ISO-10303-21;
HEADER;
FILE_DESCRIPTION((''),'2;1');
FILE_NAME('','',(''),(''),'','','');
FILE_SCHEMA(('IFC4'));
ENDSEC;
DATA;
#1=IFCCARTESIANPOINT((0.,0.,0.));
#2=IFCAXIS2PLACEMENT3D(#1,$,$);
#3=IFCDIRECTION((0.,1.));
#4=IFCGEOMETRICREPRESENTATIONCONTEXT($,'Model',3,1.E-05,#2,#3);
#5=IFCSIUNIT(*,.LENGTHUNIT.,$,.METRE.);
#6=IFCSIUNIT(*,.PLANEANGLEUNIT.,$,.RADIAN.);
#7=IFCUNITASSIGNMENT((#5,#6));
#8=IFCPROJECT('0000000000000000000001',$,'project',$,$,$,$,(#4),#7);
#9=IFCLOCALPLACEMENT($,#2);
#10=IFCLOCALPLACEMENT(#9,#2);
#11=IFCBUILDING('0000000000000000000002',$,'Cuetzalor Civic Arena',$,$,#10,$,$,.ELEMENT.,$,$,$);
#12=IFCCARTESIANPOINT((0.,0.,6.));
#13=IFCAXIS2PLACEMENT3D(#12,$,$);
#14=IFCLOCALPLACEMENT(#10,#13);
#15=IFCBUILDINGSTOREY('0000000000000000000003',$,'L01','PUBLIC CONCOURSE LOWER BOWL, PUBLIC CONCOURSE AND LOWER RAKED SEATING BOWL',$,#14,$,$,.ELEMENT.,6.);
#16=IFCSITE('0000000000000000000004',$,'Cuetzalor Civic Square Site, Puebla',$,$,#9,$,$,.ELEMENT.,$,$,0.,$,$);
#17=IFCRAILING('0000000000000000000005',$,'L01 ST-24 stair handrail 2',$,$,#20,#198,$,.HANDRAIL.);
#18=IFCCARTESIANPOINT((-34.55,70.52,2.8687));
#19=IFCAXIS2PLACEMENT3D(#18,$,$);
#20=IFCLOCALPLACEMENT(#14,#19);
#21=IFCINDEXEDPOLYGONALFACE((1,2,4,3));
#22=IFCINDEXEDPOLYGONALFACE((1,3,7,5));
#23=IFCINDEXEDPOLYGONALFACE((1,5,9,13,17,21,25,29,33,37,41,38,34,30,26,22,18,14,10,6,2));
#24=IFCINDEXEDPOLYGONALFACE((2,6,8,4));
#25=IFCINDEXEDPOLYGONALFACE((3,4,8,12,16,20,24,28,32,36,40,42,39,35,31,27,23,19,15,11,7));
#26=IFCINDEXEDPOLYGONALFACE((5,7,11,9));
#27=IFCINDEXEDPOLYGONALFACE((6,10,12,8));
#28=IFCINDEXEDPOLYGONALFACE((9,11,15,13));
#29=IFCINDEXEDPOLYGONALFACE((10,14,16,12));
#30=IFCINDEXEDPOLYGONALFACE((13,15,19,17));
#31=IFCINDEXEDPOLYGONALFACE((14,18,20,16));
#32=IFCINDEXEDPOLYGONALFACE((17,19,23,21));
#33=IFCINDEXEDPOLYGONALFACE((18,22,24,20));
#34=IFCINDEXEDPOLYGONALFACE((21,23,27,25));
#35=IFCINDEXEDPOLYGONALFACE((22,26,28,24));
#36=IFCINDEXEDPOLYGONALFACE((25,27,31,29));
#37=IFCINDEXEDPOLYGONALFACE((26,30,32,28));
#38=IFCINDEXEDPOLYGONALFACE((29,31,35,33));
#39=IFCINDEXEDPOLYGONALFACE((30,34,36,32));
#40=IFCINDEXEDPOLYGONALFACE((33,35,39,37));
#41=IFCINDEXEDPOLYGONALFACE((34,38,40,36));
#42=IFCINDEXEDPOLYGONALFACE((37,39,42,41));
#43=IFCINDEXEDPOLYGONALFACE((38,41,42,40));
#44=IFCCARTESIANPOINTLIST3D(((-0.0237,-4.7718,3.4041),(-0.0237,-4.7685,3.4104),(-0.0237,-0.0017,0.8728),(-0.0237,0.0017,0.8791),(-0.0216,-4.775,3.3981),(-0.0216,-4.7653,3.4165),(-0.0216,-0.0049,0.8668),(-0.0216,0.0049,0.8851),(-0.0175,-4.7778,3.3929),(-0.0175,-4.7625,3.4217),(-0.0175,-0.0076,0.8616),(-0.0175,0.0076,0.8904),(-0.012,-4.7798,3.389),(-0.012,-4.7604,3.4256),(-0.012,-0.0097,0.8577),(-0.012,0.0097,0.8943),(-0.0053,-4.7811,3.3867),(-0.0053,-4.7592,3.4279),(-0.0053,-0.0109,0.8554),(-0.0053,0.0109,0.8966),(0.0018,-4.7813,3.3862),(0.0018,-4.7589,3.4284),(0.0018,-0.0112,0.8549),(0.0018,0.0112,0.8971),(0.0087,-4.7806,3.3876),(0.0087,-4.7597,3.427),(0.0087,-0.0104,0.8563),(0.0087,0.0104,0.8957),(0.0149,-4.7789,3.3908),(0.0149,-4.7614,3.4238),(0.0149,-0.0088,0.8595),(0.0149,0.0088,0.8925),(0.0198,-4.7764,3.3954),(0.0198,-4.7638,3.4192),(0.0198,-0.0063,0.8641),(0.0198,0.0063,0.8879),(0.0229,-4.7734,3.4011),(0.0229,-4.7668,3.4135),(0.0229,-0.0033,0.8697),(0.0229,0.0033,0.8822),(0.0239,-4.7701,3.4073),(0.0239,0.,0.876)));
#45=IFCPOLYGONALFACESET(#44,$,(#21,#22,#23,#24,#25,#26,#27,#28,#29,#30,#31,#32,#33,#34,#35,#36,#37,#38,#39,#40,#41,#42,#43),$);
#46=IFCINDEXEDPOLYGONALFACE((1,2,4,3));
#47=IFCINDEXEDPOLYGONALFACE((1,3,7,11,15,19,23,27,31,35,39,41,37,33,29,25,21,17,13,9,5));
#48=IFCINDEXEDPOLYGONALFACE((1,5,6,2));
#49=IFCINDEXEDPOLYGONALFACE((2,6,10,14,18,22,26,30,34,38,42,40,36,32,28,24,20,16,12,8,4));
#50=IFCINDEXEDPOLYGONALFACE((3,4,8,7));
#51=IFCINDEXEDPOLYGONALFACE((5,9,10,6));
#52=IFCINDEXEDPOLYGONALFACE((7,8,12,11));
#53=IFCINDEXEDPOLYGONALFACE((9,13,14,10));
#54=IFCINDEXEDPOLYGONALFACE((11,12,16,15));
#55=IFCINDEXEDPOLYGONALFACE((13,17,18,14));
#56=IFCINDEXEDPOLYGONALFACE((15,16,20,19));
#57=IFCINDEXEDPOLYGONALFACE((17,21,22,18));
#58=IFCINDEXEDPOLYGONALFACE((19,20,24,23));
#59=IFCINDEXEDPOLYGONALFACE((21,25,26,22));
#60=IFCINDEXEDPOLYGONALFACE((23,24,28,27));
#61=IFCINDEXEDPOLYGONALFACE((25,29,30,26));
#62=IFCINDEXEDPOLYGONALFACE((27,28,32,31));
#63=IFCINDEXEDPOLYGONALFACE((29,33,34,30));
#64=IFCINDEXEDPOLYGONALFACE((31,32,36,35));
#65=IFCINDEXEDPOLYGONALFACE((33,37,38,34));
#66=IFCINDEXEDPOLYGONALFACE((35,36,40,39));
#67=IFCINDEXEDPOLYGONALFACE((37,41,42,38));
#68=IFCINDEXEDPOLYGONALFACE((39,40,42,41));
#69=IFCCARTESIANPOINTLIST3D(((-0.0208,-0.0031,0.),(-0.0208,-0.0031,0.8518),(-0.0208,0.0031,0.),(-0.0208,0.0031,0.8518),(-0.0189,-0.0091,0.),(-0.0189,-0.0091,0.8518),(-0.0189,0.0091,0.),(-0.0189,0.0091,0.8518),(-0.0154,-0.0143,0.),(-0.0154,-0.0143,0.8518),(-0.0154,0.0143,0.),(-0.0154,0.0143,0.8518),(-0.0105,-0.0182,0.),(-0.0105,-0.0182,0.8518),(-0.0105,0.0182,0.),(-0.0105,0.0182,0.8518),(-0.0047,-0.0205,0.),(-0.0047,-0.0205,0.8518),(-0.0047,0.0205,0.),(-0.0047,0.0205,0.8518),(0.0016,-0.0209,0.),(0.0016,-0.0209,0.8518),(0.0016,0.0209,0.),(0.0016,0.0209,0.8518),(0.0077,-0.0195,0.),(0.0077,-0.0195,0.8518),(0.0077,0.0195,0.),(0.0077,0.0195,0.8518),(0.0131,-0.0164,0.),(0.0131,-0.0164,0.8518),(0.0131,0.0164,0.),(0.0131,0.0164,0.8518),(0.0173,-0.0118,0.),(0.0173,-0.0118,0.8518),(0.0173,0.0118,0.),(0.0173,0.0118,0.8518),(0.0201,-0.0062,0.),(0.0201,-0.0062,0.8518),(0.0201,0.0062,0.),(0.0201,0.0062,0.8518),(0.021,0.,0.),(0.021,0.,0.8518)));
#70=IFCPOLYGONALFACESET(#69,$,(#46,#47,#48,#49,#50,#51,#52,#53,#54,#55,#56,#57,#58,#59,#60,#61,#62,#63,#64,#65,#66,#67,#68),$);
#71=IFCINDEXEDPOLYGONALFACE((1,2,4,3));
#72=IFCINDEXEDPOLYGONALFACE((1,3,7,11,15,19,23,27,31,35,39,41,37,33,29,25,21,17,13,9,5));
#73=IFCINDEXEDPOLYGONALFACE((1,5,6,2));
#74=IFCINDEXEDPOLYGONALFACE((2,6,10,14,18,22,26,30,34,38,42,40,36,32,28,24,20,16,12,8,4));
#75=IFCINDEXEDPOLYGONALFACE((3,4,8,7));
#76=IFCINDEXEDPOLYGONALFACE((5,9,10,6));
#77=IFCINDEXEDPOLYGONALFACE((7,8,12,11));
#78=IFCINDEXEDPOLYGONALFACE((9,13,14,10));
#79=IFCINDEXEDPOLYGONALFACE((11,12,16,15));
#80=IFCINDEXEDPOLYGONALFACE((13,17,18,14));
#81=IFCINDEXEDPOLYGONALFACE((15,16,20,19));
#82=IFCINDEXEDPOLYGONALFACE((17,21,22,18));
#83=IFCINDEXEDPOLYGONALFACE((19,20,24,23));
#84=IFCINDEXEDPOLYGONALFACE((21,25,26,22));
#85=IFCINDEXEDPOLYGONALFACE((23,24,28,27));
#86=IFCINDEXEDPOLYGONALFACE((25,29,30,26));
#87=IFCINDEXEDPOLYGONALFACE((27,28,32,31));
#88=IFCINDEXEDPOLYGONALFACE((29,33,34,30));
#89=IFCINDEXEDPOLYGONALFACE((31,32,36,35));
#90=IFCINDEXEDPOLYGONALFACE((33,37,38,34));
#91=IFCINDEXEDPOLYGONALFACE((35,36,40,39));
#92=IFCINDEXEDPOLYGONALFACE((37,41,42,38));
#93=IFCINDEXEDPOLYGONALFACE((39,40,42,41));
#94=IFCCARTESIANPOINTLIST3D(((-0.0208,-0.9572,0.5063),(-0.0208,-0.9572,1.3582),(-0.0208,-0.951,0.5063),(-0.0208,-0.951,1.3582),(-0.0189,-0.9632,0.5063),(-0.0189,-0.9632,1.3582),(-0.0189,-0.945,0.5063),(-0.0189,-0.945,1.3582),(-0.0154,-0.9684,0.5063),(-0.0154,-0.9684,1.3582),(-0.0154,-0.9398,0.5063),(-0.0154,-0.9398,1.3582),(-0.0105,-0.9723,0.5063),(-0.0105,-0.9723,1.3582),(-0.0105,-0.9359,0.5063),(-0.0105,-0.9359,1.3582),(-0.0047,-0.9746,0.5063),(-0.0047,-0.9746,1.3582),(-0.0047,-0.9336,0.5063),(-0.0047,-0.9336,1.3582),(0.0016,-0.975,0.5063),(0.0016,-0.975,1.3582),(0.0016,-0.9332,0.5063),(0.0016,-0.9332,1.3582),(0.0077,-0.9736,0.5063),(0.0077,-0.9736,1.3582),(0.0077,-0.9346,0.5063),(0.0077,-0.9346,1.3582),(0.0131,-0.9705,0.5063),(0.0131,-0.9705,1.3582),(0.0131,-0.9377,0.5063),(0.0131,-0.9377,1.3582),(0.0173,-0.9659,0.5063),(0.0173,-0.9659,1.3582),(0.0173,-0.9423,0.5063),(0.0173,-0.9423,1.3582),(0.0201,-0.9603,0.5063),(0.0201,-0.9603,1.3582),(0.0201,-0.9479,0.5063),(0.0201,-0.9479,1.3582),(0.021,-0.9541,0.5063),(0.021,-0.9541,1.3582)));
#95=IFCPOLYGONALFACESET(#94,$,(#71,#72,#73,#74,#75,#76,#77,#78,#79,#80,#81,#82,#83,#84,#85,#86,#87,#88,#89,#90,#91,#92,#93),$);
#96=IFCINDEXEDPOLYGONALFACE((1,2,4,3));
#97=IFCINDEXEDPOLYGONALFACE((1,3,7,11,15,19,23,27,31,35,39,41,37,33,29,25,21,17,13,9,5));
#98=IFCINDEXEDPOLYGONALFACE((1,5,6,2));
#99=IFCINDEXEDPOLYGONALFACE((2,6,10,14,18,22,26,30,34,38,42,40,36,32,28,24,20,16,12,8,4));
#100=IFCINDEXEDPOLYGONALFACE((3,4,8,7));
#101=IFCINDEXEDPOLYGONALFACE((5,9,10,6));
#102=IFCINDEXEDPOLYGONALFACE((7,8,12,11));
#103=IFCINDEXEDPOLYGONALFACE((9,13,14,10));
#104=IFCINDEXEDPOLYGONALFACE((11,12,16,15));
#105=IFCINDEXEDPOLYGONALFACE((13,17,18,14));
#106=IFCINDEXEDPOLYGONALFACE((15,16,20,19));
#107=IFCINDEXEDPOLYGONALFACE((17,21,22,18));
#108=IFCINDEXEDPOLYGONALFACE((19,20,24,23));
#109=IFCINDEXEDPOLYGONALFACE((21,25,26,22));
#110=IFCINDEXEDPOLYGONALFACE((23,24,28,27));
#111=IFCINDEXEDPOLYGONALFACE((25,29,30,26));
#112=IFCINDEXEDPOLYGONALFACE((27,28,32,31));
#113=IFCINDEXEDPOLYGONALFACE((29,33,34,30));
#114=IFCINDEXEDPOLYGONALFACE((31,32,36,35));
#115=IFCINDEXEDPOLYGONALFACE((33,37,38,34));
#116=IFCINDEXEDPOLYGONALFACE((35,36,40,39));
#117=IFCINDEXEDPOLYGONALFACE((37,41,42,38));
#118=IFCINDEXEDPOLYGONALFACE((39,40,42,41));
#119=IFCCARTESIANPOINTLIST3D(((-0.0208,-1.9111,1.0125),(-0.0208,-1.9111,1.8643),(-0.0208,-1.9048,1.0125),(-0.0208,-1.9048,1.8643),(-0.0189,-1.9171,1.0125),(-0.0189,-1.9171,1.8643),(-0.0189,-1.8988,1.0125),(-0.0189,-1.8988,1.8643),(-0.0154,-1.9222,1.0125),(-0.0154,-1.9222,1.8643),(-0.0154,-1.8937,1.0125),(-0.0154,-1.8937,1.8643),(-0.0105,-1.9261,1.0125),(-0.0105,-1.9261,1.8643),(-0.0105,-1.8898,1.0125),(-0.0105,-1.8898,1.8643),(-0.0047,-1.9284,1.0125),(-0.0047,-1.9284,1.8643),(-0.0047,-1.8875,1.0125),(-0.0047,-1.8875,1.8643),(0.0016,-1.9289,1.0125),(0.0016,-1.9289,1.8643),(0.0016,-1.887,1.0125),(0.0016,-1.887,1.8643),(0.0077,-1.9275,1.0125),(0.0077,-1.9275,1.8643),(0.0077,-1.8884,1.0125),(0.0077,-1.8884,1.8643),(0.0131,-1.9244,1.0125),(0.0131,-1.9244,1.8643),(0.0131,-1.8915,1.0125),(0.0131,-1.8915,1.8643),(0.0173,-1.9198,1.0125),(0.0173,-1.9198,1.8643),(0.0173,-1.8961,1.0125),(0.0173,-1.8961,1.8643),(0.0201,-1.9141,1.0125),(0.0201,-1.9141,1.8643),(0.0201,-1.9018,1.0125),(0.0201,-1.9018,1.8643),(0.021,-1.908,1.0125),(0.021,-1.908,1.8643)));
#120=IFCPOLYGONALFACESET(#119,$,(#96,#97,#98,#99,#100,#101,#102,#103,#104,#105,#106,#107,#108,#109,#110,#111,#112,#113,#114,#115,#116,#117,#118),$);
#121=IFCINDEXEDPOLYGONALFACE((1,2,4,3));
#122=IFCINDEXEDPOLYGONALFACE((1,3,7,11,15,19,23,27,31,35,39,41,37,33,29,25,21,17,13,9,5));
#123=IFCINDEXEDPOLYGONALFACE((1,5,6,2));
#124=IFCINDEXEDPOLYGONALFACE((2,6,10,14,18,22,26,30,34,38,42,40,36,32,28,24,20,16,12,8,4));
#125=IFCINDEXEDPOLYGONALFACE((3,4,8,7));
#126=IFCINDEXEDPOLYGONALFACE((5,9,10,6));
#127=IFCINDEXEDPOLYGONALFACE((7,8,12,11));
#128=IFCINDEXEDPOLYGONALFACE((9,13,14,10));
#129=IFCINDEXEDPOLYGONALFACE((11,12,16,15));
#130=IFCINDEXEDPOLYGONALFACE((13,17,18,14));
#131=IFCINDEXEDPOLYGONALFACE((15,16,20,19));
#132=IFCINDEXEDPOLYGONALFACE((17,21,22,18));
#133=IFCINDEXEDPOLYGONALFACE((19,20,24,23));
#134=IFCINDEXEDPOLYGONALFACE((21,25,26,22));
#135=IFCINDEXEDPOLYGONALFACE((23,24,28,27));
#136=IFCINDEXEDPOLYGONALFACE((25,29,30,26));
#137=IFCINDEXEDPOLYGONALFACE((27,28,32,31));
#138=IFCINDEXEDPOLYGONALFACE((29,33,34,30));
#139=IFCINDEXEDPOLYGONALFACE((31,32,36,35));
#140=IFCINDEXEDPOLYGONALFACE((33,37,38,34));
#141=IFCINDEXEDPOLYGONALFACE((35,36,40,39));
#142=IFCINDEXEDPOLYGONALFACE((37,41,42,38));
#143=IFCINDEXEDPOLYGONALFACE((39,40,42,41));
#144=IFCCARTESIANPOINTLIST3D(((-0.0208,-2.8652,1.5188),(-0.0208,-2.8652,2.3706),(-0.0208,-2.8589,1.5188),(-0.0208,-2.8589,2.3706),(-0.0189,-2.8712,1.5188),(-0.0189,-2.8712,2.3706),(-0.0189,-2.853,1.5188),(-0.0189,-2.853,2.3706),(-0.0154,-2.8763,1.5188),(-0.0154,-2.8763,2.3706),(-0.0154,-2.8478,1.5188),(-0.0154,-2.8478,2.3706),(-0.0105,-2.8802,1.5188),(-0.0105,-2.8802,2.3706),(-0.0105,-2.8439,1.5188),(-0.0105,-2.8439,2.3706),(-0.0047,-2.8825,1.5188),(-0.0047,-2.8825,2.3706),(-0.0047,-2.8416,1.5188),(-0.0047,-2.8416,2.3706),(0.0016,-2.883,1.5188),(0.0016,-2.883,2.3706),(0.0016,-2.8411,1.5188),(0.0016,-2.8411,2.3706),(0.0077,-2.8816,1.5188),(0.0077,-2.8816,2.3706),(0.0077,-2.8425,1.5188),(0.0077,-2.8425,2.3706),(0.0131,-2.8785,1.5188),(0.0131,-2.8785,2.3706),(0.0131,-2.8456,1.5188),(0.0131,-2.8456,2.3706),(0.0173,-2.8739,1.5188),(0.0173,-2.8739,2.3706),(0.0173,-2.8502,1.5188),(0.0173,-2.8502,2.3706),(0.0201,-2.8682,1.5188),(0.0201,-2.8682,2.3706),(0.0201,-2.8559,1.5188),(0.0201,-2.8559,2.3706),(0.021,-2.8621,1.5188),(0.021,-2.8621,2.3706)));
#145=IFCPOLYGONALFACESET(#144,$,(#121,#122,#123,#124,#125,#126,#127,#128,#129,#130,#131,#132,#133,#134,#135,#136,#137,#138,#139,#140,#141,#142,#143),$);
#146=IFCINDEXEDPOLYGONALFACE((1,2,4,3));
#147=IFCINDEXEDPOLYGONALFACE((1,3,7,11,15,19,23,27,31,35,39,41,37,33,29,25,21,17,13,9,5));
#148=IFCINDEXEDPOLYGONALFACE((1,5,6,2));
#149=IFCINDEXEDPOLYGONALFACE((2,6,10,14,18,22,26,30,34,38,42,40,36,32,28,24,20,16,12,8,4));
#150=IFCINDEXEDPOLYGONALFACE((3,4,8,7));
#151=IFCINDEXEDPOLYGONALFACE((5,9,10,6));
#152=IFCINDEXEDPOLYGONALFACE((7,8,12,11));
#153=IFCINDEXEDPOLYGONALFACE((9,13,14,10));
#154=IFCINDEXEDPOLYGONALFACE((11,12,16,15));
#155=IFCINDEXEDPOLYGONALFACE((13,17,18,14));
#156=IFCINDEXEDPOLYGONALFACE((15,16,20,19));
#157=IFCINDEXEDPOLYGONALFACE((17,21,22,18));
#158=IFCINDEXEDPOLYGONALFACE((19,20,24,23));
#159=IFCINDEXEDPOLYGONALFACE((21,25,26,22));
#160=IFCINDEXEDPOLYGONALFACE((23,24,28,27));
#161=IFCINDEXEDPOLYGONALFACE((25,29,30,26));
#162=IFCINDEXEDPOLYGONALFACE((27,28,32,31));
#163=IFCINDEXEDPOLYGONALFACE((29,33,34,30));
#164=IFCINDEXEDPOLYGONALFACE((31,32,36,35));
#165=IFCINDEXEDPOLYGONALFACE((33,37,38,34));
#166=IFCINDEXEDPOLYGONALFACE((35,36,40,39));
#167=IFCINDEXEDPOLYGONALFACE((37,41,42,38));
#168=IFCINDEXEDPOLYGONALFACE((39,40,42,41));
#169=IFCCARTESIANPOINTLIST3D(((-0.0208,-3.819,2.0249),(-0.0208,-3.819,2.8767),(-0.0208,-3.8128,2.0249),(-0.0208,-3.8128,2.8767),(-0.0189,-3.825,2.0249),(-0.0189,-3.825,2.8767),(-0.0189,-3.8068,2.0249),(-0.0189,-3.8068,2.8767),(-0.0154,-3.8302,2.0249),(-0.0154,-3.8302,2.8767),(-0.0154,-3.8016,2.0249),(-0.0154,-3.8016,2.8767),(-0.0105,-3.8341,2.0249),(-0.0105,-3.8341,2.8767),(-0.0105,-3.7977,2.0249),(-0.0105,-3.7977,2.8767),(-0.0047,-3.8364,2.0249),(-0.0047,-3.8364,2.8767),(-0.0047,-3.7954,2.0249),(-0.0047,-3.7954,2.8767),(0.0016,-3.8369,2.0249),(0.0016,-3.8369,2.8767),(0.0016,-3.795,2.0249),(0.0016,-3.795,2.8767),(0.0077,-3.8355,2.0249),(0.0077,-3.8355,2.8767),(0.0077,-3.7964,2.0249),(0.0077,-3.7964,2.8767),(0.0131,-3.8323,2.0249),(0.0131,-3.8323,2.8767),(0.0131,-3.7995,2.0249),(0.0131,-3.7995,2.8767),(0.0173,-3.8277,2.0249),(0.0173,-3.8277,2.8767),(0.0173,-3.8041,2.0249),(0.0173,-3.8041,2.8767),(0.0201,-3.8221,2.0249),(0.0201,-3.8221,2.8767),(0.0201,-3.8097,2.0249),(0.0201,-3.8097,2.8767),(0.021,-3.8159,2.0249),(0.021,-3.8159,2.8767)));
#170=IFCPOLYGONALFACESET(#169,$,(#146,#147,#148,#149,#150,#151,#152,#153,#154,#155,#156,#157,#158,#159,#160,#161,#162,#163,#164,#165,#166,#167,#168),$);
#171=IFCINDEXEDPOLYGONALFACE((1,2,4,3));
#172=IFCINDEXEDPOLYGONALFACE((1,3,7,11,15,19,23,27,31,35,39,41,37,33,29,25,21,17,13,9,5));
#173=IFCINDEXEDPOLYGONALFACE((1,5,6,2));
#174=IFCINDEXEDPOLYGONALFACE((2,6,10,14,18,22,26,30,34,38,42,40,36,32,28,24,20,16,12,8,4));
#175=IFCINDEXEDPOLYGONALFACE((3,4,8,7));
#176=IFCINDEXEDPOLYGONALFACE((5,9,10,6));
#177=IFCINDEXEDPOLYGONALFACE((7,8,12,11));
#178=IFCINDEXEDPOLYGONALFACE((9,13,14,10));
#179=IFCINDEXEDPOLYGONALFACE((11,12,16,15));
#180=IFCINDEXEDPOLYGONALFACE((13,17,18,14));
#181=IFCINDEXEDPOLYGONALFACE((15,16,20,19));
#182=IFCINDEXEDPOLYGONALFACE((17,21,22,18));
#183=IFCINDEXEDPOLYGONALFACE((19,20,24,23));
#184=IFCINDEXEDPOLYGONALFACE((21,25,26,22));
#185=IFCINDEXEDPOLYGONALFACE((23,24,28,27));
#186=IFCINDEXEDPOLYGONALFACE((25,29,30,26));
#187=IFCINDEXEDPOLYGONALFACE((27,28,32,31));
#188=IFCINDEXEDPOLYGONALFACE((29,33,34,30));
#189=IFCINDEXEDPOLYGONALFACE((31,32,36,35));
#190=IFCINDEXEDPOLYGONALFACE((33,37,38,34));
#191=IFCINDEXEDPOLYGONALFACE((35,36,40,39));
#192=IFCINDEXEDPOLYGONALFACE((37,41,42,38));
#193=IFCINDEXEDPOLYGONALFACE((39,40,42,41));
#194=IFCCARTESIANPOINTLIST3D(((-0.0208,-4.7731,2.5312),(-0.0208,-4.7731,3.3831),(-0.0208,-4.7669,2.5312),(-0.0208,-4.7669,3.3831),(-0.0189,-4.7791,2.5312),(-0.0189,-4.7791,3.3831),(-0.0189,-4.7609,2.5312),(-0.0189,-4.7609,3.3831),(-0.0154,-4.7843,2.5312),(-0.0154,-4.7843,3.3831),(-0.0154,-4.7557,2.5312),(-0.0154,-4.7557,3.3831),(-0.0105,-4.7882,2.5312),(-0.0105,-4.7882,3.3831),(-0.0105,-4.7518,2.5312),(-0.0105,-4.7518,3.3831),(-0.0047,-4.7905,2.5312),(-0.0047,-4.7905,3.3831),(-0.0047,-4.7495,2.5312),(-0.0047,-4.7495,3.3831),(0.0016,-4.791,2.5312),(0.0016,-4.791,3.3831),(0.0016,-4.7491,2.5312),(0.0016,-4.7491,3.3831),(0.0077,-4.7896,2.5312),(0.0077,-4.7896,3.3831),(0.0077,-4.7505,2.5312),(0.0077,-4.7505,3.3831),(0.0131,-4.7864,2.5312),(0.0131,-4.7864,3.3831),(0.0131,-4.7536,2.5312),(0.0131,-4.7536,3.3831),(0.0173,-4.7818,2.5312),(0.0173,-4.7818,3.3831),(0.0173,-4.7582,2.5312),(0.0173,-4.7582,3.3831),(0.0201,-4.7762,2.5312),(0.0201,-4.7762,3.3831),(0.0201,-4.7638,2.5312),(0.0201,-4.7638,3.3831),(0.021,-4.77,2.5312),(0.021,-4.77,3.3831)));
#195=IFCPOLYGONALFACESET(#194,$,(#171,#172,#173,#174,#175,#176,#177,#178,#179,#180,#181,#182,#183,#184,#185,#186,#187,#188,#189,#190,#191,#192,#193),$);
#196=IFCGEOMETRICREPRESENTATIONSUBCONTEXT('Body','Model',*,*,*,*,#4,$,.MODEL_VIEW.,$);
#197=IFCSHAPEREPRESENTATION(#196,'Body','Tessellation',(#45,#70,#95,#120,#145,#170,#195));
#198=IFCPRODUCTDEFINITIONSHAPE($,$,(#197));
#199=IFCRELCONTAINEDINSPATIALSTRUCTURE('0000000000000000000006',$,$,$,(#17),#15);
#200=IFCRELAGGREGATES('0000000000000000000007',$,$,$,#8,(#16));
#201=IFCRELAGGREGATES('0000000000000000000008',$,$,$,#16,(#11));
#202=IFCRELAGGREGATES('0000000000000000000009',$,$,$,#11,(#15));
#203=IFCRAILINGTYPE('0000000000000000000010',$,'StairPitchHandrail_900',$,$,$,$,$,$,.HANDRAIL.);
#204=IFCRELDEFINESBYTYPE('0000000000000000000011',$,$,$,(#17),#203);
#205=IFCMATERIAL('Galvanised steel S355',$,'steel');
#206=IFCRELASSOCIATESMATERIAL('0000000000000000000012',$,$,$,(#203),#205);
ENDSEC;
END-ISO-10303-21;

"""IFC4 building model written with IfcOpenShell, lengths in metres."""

from ifc_helpers import new_model, si_unit, direction, frame, origin, origin_2d, place, context, subcontext, project, spatial, circle, extrude, material, type_object, element, save


model = new_model("IFC4")

# Units and contexts
model_context = context("Model", 3, precision=1e-05, world=origin(), true_north=direction((0.0, 1.0)))
body_context = subcontext(model_context, "Body", "Model", "MODEL_VIEW")
ifc_project = project(units=[si_unit("LENGTHUNIT", "METRE"), si_unit("PLANEANGLEUNIT", "RADIAN")], contexts=[model_context])

# Site, building, storey
site_placement = place(None, origin())
site = spatial("IfcSite", under=ifc_project, at=site_placement, Name="Cuetzalor Civic Square Site, Puebla", CompositionType="ELEMENT", RefElevation=0.0)
building_placement = place(site_placement, origin())
building = spatial("IfcBuilding", under=site, at=building_placement, Name="Cuetzalor Civic Arena", CompositionType="ELEMENT")
storey_placement = place(building_placement, frame((0.0, 0.0, 6.0)))
storey = spatial("IfcBuildingStorey", under=building, at=storey_placement, Name="L01", Description="PUBLIC CONCOURSE LOWER BOWL, PUBLIC CONCOURSE AND LOWER RAKED SEATING BOWL", CompositionType="ELEMENT", Elevation=6.0)

# Railing
ifc_material_1 = material(Name="Galvanised steel S355", Category="steel")
railing_type_1 = type_object("IfcRailingType", Name="StairPitchHandrail_900", PredefinedType="HANDRAIL", material=ifc_material_1)
for number, where, name in (
    (1, (-34.55, 70.52, 2.8687), "L01 ST-24 stair handrail 2"),
):
    element("IfcRailing", number, at=place(storey_placement, frame(where)), inside=storey, type_object=railing_type_1, Name=name, PredefinedType="HANDRAIL", context=body_context, shape_type="SweptSolid", body=[
        extrude(circle(Radius=0.0239, at=origin_2d()), frame((0.0, 0.0, 0.876), z_axis=(0.0, -0.883332, 0.468747), x_axis=(1.0, 0.0, 0.0)), (0.0, 0.0, 1.0), 5.4001),
        extrude(circle(Radius=0.021, at=origin_2d()), origin(), (0.0, 0.0, 1.0), 0.8518),
        extrude(circle(Radius=0.021, at=origin_2d()), frame((0.0, -0.9541, 0.5063)), (0.0, 0.0, 1.0), 0.8518),
        extrude(circle(Radius=0.021, at=origin_2d()), frame((0.0, -1.908, 1.0125)), (0.0, 0.0, 1.0), 0.8518),
        extrude(circle(Radius=0.021, at=origin_2d()), frame((0.0, -2.8621, 1.5188)), (0.0, 0.0, 1.0), 0.8518),
        extrude(circle(Radius=0.021, at=origin_2d()), frame((0.0, -3.8159, 2.0249)), (0.0, 0.0, 1.0), 0.8518),
        extrude(circle(Radius=0.021, at=origin_2d()), frame((0.0, -4.77, 2.5312)), (0.0, 0.0, 1.0), 0.8518),
    ])

save(model, "model.ifc")
